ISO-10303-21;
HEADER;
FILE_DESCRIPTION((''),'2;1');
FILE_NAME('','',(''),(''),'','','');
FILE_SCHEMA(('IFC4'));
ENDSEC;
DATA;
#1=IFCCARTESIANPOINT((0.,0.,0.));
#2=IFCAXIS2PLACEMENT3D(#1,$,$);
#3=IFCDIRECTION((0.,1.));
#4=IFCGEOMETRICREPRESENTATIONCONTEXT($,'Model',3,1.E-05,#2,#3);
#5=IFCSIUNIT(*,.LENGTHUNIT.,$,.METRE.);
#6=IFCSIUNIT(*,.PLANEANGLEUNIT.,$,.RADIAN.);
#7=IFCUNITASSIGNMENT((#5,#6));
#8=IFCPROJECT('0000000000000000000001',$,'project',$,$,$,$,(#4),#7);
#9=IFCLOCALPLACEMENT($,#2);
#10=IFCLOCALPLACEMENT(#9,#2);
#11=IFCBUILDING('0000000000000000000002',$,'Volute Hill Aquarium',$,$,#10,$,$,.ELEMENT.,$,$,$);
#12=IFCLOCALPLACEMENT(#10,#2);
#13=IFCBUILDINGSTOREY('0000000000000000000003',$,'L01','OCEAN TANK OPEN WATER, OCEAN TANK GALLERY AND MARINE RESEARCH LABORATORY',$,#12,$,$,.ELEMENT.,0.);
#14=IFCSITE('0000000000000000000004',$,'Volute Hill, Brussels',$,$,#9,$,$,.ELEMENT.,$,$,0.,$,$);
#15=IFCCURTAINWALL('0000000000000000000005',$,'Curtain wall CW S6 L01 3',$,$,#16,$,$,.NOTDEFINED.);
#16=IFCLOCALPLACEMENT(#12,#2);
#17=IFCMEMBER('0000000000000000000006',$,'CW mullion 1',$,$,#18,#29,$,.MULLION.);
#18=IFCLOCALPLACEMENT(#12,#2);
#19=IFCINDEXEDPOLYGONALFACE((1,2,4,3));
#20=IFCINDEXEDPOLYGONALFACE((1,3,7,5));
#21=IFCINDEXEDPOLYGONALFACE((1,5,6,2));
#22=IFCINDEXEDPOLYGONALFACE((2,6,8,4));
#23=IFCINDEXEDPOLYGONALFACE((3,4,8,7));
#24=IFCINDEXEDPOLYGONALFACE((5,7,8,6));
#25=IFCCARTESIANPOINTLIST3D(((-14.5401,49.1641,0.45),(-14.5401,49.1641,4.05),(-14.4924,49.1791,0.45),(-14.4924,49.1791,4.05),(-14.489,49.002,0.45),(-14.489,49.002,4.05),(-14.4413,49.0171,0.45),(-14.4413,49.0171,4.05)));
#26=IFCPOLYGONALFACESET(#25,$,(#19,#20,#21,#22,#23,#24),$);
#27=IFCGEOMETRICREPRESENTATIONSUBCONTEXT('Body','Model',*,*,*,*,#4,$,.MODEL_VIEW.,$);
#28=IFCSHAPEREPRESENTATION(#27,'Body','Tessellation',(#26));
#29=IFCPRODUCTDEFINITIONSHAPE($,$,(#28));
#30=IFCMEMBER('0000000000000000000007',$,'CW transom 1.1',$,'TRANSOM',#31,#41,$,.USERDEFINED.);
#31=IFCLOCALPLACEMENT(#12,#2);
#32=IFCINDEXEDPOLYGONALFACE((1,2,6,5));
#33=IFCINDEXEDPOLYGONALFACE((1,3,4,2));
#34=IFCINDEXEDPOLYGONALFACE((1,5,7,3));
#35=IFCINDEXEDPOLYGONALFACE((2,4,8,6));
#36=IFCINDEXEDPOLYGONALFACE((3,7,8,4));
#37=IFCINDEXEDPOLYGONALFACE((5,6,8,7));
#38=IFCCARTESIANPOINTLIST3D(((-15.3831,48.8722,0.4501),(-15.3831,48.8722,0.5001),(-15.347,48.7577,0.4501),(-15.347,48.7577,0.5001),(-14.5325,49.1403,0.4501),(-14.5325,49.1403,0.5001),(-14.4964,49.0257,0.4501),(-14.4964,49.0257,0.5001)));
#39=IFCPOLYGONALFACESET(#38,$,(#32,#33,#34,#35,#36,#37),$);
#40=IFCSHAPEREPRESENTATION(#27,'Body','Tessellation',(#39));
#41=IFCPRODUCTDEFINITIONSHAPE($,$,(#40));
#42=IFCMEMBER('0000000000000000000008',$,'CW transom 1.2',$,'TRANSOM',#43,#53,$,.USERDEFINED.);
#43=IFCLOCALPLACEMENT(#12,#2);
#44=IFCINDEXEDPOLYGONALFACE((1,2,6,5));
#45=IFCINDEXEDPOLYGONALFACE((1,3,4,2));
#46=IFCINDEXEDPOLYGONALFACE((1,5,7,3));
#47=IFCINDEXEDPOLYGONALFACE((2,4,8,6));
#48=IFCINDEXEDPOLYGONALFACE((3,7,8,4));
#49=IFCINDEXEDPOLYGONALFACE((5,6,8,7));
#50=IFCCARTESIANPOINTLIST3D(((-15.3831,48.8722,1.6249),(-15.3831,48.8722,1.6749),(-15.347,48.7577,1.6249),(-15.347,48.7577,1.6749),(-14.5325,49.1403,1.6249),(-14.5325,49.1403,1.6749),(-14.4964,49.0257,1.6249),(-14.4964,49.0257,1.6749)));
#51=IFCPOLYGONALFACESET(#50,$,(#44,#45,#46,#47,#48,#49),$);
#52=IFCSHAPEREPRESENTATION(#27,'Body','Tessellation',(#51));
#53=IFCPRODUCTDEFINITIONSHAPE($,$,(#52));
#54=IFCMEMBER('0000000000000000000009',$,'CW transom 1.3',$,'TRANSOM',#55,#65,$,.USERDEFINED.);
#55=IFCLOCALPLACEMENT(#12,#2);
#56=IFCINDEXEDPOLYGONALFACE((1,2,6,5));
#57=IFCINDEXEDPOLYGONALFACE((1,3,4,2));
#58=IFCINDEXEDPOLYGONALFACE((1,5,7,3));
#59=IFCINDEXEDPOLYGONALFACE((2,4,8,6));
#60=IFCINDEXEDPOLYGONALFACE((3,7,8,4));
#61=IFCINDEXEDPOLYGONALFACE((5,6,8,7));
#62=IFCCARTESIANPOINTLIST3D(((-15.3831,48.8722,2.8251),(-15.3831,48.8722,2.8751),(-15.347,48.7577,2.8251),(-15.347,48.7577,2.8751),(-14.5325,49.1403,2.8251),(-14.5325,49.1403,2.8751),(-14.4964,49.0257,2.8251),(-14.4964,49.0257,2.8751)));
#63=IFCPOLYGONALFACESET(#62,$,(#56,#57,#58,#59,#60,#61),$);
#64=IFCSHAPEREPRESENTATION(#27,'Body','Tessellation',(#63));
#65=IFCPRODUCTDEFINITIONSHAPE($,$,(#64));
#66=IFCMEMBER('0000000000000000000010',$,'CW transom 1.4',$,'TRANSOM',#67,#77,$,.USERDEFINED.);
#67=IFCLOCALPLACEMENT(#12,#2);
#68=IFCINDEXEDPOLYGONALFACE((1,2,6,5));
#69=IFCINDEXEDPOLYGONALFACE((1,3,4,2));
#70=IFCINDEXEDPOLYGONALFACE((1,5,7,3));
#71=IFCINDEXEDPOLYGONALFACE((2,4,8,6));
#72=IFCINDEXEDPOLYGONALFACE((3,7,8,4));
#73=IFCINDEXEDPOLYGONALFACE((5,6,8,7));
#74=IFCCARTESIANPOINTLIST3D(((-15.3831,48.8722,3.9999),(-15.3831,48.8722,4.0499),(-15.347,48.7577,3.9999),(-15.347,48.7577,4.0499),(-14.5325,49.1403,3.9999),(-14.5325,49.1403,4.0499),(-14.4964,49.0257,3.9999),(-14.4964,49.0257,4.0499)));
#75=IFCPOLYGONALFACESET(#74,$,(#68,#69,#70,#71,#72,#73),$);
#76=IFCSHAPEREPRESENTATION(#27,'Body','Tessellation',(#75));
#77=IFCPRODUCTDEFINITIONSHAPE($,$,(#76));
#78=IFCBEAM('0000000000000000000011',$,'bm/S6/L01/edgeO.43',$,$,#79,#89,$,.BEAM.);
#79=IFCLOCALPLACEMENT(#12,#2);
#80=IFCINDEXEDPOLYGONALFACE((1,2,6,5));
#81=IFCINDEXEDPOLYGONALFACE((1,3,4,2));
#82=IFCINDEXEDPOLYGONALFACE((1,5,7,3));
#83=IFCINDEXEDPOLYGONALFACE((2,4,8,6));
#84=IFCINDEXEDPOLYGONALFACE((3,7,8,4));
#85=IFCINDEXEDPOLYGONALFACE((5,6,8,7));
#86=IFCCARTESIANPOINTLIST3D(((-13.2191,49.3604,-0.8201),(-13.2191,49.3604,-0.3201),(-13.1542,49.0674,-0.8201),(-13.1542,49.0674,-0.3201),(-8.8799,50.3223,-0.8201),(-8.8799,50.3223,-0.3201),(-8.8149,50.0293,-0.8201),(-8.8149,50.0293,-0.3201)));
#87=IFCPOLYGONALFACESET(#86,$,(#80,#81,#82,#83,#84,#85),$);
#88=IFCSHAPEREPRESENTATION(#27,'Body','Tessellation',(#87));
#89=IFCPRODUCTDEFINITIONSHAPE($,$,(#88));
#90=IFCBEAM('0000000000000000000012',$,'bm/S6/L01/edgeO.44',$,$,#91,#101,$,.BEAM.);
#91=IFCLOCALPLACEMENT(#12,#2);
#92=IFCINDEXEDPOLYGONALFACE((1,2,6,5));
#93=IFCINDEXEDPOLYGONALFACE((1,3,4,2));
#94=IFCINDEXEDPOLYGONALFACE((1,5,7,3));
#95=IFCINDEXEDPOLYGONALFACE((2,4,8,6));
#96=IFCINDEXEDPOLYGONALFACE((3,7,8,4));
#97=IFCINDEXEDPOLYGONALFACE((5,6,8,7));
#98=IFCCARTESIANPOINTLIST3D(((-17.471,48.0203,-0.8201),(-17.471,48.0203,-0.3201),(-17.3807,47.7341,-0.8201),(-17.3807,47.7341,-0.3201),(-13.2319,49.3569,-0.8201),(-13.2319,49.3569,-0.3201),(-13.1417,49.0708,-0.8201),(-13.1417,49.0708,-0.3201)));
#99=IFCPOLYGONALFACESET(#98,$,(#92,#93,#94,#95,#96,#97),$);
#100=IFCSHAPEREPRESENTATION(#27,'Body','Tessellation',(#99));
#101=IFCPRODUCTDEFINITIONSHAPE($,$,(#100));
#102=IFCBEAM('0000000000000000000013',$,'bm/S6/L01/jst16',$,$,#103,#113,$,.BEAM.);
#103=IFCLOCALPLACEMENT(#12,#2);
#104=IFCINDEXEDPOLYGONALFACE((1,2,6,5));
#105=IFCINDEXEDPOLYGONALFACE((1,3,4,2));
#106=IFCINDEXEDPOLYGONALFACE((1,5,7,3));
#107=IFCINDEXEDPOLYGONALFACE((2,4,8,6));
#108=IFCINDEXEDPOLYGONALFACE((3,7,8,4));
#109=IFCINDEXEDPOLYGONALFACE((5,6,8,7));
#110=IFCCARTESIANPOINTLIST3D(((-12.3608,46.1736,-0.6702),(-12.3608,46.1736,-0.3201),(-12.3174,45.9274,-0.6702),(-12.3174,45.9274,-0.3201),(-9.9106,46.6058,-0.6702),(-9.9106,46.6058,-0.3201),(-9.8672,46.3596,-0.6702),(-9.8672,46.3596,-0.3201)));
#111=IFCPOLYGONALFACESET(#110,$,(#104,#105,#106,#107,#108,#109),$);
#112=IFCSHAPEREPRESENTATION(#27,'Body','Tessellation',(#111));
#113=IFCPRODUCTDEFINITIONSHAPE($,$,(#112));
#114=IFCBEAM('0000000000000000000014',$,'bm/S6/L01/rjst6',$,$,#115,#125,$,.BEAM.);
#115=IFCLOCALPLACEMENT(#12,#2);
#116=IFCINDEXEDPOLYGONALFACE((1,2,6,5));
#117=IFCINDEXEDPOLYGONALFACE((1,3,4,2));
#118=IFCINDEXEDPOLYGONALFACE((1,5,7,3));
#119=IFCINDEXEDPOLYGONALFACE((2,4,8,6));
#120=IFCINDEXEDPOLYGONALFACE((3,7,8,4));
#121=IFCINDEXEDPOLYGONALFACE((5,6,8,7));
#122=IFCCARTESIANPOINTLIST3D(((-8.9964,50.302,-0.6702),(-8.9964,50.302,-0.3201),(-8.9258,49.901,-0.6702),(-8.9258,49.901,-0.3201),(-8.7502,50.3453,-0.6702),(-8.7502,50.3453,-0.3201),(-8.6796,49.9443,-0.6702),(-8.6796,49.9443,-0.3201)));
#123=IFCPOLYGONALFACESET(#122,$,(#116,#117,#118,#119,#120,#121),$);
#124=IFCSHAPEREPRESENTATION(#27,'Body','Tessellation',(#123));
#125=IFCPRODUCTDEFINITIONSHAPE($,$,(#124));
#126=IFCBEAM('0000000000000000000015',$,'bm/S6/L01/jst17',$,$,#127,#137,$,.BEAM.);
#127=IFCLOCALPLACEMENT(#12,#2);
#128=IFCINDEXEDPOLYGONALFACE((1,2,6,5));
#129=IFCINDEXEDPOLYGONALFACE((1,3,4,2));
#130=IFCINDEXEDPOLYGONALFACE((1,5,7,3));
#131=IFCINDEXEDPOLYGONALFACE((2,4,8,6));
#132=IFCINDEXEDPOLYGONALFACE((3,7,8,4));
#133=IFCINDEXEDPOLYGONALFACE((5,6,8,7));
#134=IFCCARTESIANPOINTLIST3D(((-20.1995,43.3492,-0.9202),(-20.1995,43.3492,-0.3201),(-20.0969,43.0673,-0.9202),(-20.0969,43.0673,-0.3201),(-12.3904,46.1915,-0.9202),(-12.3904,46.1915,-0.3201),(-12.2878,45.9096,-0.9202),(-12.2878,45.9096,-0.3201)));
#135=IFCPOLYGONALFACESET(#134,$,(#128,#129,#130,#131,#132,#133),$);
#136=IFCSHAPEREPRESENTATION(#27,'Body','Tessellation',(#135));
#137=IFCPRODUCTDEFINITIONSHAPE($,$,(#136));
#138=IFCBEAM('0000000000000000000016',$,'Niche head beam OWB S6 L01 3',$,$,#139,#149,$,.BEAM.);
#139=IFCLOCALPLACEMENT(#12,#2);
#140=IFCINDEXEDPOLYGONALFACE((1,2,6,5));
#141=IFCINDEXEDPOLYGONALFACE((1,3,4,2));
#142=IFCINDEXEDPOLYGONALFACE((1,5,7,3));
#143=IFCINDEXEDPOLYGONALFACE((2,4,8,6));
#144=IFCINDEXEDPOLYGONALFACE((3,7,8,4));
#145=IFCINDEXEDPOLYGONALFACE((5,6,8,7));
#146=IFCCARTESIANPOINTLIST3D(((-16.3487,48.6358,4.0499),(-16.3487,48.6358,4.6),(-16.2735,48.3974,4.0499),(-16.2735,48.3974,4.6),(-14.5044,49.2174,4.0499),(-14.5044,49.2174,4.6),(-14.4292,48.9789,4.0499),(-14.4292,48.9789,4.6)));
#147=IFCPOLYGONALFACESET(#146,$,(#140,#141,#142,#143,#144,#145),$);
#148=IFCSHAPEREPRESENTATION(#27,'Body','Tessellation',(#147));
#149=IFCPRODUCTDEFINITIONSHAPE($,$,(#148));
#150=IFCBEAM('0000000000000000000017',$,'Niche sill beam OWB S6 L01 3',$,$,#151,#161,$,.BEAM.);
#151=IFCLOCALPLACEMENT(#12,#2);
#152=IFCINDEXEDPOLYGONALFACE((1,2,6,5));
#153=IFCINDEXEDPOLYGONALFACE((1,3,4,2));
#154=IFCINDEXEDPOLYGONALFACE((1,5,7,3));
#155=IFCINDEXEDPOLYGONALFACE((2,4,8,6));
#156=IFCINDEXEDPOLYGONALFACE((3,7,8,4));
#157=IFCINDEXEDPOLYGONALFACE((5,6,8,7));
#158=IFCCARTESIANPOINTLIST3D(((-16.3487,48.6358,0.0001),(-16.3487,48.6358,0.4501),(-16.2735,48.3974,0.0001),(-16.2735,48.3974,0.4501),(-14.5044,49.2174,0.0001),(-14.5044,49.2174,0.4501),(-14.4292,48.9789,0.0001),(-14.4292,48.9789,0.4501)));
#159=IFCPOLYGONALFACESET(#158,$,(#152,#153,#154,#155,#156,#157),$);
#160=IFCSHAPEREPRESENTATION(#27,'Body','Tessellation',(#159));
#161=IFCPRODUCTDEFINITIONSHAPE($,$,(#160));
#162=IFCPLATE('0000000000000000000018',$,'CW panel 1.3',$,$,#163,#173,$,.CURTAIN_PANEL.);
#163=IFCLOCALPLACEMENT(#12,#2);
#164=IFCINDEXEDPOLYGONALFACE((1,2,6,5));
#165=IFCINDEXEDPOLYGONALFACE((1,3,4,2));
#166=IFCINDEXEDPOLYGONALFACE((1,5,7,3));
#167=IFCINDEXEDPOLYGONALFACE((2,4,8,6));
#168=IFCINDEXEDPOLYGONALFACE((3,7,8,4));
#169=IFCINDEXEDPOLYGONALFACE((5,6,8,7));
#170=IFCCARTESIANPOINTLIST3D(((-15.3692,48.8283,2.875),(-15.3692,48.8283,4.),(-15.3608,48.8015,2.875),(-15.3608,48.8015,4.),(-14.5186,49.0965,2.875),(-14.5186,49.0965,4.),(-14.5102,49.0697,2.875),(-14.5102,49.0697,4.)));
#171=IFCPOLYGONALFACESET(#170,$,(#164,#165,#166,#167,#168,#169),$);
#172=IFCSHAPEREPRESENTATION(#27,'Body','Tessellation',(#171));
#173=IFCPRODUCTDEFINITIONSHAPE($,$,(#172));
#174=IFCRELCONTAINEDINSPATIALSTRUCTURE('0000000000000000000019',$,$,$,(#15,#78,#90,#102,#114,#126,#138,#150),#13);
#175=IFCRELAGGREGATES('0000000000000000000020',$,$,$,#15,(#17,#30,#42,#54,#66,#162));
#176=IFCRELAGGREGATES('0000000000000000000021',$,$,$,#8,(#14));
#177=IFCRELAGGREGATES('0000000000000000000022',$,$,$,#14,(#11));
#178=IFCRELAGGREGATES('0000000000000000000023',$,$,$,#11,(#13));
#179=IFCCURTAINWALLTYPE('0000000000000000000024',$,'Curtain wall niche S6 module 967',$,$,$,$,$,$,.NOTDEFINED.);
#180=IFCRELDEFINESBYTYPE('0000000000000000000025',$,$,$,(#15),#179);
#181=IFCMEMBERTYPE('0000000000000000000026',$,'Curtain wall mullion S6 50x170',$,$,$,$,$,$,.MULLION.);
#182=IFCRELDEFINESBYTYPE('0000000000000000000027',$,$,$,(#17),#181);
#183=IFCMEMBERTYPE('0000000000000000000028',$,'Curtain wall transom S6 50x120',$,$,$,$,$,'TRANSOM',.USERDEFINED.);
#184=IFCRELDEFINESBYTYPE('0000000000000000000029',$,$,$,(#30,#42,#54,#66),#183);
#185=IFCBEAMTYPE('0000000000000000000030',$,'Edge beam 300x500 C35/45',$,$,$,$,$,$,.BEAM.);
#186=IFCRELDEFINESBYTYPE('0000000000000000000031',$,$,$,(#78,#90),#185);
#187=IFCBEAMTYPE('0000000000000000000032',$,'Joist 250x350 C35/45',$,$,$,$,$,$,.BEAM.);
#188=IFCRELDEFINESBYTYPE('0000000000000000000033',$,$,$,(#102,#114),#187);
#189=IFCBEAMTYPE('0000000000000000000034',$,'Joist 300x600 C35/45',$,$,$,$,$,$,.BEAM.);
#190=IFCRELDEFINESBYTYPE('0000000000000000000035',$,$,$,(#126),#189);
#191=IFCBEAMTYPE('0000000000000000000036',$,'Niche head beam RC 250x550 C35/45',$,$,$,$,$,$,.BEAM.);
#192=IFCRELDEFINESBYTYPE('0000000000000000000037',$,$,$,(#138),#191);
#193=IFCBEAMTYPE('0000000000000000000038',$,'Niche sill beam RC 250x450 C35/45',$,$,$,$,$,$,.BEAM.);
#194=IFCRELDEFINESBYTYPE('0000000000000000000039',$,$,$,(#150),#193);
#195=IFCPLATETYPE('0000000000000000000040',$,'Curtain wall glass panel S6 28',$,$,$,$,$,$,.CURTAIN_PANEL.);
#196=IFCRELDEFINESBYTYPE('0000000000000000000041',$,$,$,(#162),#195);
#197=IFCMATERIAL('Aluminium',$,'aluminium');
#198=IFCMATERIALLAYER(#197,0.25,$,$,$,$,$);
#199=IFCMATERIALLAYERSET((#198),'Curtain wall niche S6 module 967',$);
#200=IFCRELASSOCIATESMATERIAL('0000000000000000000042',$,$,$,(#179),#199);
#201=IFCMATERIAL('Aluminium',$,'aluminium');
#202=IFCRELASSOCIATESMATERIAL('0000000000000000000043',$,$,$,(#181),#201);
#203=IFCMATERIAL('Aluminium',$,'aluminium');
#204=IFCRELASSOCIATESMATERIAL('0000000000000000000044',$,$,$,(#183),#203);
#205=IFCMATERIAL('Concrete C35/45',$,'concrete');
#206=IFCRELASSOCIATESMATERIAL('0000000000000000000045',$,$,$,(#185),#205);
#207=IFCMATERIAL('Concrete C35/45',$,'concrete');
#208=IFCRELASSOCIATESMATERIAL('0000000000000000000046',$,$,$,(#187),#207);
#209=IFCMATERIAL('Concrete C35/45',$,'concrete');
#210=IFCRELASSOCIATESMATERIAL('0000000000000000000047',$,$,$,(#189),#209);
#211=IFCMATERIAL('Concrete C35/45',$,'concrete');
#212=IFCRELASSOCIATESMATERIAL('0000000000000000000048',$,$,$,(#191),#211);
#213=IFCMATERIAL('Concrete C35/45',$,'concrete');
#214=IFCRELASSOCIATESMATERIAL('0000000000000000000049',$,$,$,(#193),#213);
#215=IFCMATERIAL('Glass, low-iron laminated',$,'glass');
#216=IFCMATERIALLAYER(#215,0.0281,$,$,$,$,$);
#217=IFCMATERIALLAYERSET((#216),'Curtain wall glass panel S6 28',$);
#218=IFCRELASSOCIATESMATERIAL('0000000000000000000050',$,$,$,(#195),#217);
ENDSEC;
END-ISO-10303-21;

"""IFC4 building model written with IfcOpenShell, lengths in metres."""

from ifc_helpers import new_model, si_unit, direction, frame, origin, origin_2d, place, context, subcontext, project, spatial, rectangle, extrude, material, layer, layer_set, material_profile, profile_set, type_object, element, aggregate, save


model = new_model("IFC4")

# Units and contexts
model_context = context("Model", 3, precision=1e-05, world=origin(), true_north=direction((0.0, 1.0)))
body_context = subcontext(model_context, "Body", "Model", "MODEL_VIEW")
ifc_project = project(units=[si_unit("LENGTHUNIT", "METRE"), si_unit("PLANEANGLEUNIT", "RADIAN")], contexts=[model_context])

# Site, building, storey
site_placement = place(None, origin())
site = spatial("IfcSite", under=ifc_project, at=site_placement, Name="Volute Hill, Brussels", CompositionType="ELEMENT", RefElevation=0.0)
building_placement = place(site_placement, origin())
building = spatial("IfcBuilding", under=site, at=building_placement, Name="Volute Hill Aquarium", CompositionType="ELEMENT")
storey_placement = place(building_placement, origin())
storey = spatial("IfcBuildingStorey", under=building, at=storey_placement, Name="L01", Description="OCEAN TANK OPEN WATER, OCEAN TANK GALLERY AND MARINE RESEARCH LABORATORY", CompositionType="ELEMENT", Elevation=0.0)

# Curtain wall, members
ifc_material_1 = material(Name="Aluminium", Category="aluminium")
ifc_layer_1 = layer(ifc_material_1, 0.25)
ifc_layer_set_1 = layer_set([ifc_layer_1], Name="Curtain wall niche S6 module 967")
curtain_wall_type = type_object("IfcCurtainWallType", Name="Curtain wall niche S6 module 967", PredefinedType="NOTDEFINED", material=ifc_layer_set_1)
curtain_wall_placement = place(storey_placement, origin())
curtain_wall = element("IfcCurtainWall", 1, at=curtain_wall_placement, inside=storey, type_object=curtain_wall_type, Name="Curtain wall CW S6 L01 3", PredefinedType="NOTDEFINED")
ifc_material_2 = material(Name="Aluminium", Category="aluminium")
ifc_material_profile_1 = material_profile(ifc_material_2, rectangle(XDim=0.1699, YDim=0.05, at=origin_2d()), Name="Curtain wall mullion S6 50x170")
ifc_profile_set_1 = profile_set([ifc_material_profile_1], Name="Aluminium")
member_type_1 = type_object("IfcMemberType", Name="Curtain wall mullion S6 50x170", PredefinedType="MULLION", material=ifc_profile_set_1)
member_1_placement = place(storey_placement, frame((-14.4907, 49.0906, 0.45), z_axis=(0.0, 0.0, 1.0), x_axis=(0.300706, -0.953717, 0.0)))
member_1 = element("IfcMember", 2, at=member_1_placement, type_object=member_type_1, Name="CW mullion 1", PredefinedType="MULLION", context=body_context, shape_type="SweptSolid", body=[
    extrude(rectangle(XDim=0.1699, YDim=0.05, at=origin_2d()), origin(), (0.0, 0.0, 1.0), 3.6001),
])
ifc_material_3 = material(Name="Aluminium", Category="aluminium")
ifc_material_profile_2 = material_profile(ifc_material_3, rectangle(XDim=0.1201, YDim=0.05, at=origin_2d()), Name="Curtain wall transom S6 50x120")
ifc_profile_set_2 = profile_set([ifc_material_profile_2], Name="Aluminium")
member_type_2 = type_object("IfcMemberType", Name="Curtain wall transom S6 50x120", ElementType="TRANSOM", PredefinedType="USERDEFINED", material=ifc_profile_set_2)
member_2_placement = place(storey_placement, frame((-14.5144, 49.083, 0.4751), z_axis=(-0.953756, -0.300581, 0.0), x_axis=(0.300581, -0.953756, 0.0)))
member_2 = element("IfcMember", 3, at=member_2_placement, type_object=member_type_2, Name="CW transom 1.1", ObjectType="TRANSOM", PredefinedType="USERDEFINED", context=body_context, shape_type="SweptSolid", body=[
    extrude(rectangle(XDim=0.1201, YDim=0.05, at=origin_2d()), origin(), (0.0, 0.0, 1.0), 0.8918),
])
member_3_placement = place(storey_placement, frame((-14.5144, 49.083, 1.6499), z_axis=(-0.953756, -0.300581, 0.0), x_axis=(0.300581, -0.953756, 0.0)))
member_3 = element("IfcMember", 4, at=member_3_placement, type_object=member_type_2, Name="CW transom 1.2", ObjectType="TRANSOM", PredefinedType="USERDEFINED", context=body_context, shape_type="SweptSolid", body=[
    extrude(rectangle(XDim=0.1201, YDim=0.05, at=origin_2d()), origin(), (0.0, 0.0, 1.0), 0.8918),
])
member_4_placement = place(storey_placement, frame((-14.5144, 49.083, 2.8501), z_axis=(-0.953756, -0.300581, 0.0), x_axis=(0.300581, -0.953756, 0.0)))
member_4 = element("IfcMember", 5, at=member_4_placement, type_object=member_type_2, Name="CW transom 1.3", ObjectType="TRANSOM", PredefinedType="USERDEFINED", context=body_context, shape_type="SweptSolid", body=[
    extrude(rectangle(XDim=0.1201, YDim=0.05, at=origin_2d()), origin(), (0.0, 0.0, 1.0), 0.8918),
])
member_5_placement = place(storey_placement, frame((-14.5144, 49.083, 4.0249), z_axis=(-0.953756, -0.300581, 0.0), x_axis=(0.300581, -0.953756, 0.0)))
member_5 = element("IfcMember", 6, at=member_5_placement, type_object=member_type_2, Name="CW transom 1.4", ObjectType="TRANSOM", PredefinedType="USERDEFINED", context=body_context, shape_type="SweptSolid", body=[
    extrude(rectangle(XDim=0.1201, YDim=0.05, at=origin_2d()), origin(), (0.0, 0.0, 1.0), 0.8918),
])

# Beams
ifc_material_4 = material(Name="Concrete C35/45", Category="concrete")
ifc_material_profile_3 = material_profile(ifc_material_4, rectangle(XDim=0.3, YDim=0.5, at=origin_2d()), Name="RC edge beam 300x500")
ifc_profile_set_3 = profile_set([ifc_material_profile_3], Name="Concrete C35/45")
beam_type_1 = type_object("IfcBeamType", Name="Edge beam 300x500 C35/45", PredefinedType="BEAM", material=ifc_profile_set_3)
beam_1_placement = place(storey_placement, frame((-8.8474, 50.1758, -0.5701), z_axis=(-0.976301, -0.216419, 0.0), x_axis=(0.216419, -0.976301, 0.0)))
element("IfcBeam", 7, at=beam_1_placement, inside=storey, type_object=beam_type_1, Name="bm/S6/L01/edgeO.43", PredefinedType="BEAM", context=body_context, shape_type="SweptSolid", body=[
    extrude(rectangle(XDim=0.3, YDim=0.5, at=origin_2d()), origin(), (0.0, 0.0, 1.0), 4.4446),
])
beam_2_placement = place(storey_placement, frame((-13.1868, 49.2139, -0.5701), z_axis=(-0.95371, -0.300729, 0.0), x_axis=(0.300729, -0.95371, 0.0)))
element("IfcBeam", 8, at=beam_2_placement, inside=storey, type_object=beam_type_1, Name="bm/S6/L01/edgeO.44", PredefinedType="BEAM", context=body_context, shape_type="SweptSolid", body=[
    extrude(rectangle(XDim=0.3, YDim=0.5, at=origin_2d()), origin(), (0.0, 0.0, 1.0), 4.4448),
])
ifc_material_5 = material(Name="Concrete C35/45", Category="concrete")
ifc_material_profile_4 = material_profile(ifc_material_5, rectangle(XDim=0.25, YDim=0.3501, at=origin_2d()), Name="RC joist 250x350")
ifc_profile_set_4 = profile_set([ifc_material_profile_4], Name="Concrete C35/45")
beam_type_2 = type_object("IfcBeamType", Name="Joist 250x350 C35/45", PredefinedType="BEAM", material=ifc_profile_set_4)
beam_3_placement = place(storey_placement, frame((-9.8889, 46.4827, -0.4951), z_axis=(-0.984801, -0.173685, 0.0), x_axis=(0.173685, -0.984801, 0.0)))
element("IfcBeam", 9, at=beam_3_placement, inside=storey, type_object=beam_type_2, Name="bm/S6/L01/jst16", PredefinedType="BEAM", context=body_context, shape_type="SweptSolid", body=[
    extrude(rectangle(XDim=0.25, YDim=0.3501, at=origin_2d()), origin(), (0.0, 0.0, 1.0), 2.488),
])
beam_4_placement = place(storey_placement, frame((-8.8027, 49.9226, -0.4951), z_axis=(-0.173238, 0.98488, 0.0), x_axis=(-0.98488, -0.173238, 0.0)))
element("IfcBeam", 10, at=beam_4_placement, inside=storey, type_object=beam_type_2, Name="bm/S6/L01/rjst6", PredefinedType="BEAM", context=body_context, shape_type="SweptSolid", body=[
    extrude(rectangle(XDim=0.25, YDim=0.3501, at=origin_2d()), origin(), (0.0, 0.0, 1.0), 0.4072),
])
ifc_material_6 = material(Name="Concrete C35/45", Category="concrete")
ifc_material_profile_5 = material_profile(ifc_material_6, rectangle(XDim=0.3, YDim=0.6001, at=origin_2d()), Name="RC joist 300x600")
ifc_profile_set_5 = profile_set([ifc_material_profile_5], Name="Concrete C35/45")
beam_type_3 = type_object("IfcBeamType", Name="Joist 300x600 C35/45", PredefinedType="BEAM", material=ifc_profile_set_5)
beam_5_placement = place(storey_placement, frame((-12.3391, 46.0505, -0.6201), z_axis=(-0.939692, -0.342021, 0.0), x_axis=(0.342021, -0.939692, 0.0)))
element("IfcBeam", 11, at=beam_5_placement, inside=storey, type_object=beam_type_3, Name="bm/S6/L01/jst17", PredefinedType="BEAM", context=body_context, shape_type="SweptSolid", body=[
    extrude(rectangle(XDim=0.3, YDim=0.6001, at=origin_2d()), origin(), (0.0, 0.0, 1.0), 8.3103),
])
ifc_material_7 = material(Name="Concrete C35/45", Category="concrete")
ifc_material_profile_6 = material_profile(ifc_material_7, rectangle(XDim=0.25, YDim=0.55, at=origin_2d()), Name="RC beam 250x550")
ifc_profile_set_6 = profile_set([ifc_material_profile_6], Name="Concrete C35/45")
beam_type_4 = type_object("IfcBeamType", Name="Niche head beam RC 250x550 C35/45", PredefinedType="BEAM", material=ifc_profile_set_6)
beam_6_placement = place(storey_placement, frame((-14.4668, 49.0981, 4.325), z_axis=(-0.953709, -0.300733, 0.0), x_axis=(0.300733, -0.953709, 0.0)))
element("IfcBeam", 12, at=beam_6_placement, inside=storey, type_object=beam_type_4, Name="Niche head beam OWB S6 L01 3", PredefinedType="BEAM", context=body_context, shape_type="SweptSolid", body=[
    extrude(rectangle(XDim=0.25, YDim=0.55, at=origin_2d()), origin(), (0.0, 0.0, 1.0), 1.9338),
])
ifc_material_8 = material(Name="Concrete C35/45", Category="concrete")
ifc_material_profile_7 = material_profile(ifc_material_8, rectangle(XDim=0.25, YDim=0.45, at=origin_2d()), Name="RC beam 250x450")
ifc_profile_set_7 = profile_set([ifc_material_profile_7], Name="Concrete C35/45")
beam_type_5 = type_object("IfcBeamType", Name="Niche sill beam RC 250x450 C35/45", PredefinedType="BEAM", material=ifc_profile_set_7)
beam_7_placement = place(storey_placement, frame((-14.4668, 49.0981, 0.2251), z_axis=(-0.953709, -0.300733, 0.0), x_axis=(0.300733, -0.953709, 0.0)))
element("IfcBeam", 13, at=beam_7_placement, inside=storey, type_object=beam_type_5, Name="Niche sill beam OWB S6 L01 3", PredefinedType="BEAM", context=body_context, shape_type="SweptSolid", body=[
    extrude(rectangle(XDim=0.25, YDim=0.45, at=origin_2d()), origin(), (0.0, 0.0, 1.0), 1.9338),
])

# Plate
ifc_material_9 = material(Name="Glass, low-iron laminated", Category="glass")
ifc_layer_2 = layer(ifc_material_9, 0.0281)
ifc_layer_set_2 = layer_set([ifc_layer_2], Name="Curtain wall glass panel S6 28")
plate_type = type_object("IfcPlateType", Name="Curtain wall glass panel S6 28", PredefinedType="CURTAIN_PANEL", material=ifc_layer_set_2)
plate_placement = place(storey_placement, frame((-14.9397, 48.949, 2.875), z_axis=(0.0, 0.0, 1.0), x_axis=(-0.953717, -0.300706, 0.0)))
plate = element("IfcPlate", 14, at=plate_placement, type_object=plate_type, Name="CW panel 1.3", PredefinedType="CURTAIN_PANEL", context=body_context, shape_type="SweptSolid", body=[
    extrude(rectangle(XDim=0.8918, YDim=0.0281, at=origin_2d()), origin(), (0.0, 0.0, 1.0), 1.125),
])
aggregate(curtain_wall, [member_1, member_2, member_3, member_4, member_5, plate])

save(model, "model.ifc")
